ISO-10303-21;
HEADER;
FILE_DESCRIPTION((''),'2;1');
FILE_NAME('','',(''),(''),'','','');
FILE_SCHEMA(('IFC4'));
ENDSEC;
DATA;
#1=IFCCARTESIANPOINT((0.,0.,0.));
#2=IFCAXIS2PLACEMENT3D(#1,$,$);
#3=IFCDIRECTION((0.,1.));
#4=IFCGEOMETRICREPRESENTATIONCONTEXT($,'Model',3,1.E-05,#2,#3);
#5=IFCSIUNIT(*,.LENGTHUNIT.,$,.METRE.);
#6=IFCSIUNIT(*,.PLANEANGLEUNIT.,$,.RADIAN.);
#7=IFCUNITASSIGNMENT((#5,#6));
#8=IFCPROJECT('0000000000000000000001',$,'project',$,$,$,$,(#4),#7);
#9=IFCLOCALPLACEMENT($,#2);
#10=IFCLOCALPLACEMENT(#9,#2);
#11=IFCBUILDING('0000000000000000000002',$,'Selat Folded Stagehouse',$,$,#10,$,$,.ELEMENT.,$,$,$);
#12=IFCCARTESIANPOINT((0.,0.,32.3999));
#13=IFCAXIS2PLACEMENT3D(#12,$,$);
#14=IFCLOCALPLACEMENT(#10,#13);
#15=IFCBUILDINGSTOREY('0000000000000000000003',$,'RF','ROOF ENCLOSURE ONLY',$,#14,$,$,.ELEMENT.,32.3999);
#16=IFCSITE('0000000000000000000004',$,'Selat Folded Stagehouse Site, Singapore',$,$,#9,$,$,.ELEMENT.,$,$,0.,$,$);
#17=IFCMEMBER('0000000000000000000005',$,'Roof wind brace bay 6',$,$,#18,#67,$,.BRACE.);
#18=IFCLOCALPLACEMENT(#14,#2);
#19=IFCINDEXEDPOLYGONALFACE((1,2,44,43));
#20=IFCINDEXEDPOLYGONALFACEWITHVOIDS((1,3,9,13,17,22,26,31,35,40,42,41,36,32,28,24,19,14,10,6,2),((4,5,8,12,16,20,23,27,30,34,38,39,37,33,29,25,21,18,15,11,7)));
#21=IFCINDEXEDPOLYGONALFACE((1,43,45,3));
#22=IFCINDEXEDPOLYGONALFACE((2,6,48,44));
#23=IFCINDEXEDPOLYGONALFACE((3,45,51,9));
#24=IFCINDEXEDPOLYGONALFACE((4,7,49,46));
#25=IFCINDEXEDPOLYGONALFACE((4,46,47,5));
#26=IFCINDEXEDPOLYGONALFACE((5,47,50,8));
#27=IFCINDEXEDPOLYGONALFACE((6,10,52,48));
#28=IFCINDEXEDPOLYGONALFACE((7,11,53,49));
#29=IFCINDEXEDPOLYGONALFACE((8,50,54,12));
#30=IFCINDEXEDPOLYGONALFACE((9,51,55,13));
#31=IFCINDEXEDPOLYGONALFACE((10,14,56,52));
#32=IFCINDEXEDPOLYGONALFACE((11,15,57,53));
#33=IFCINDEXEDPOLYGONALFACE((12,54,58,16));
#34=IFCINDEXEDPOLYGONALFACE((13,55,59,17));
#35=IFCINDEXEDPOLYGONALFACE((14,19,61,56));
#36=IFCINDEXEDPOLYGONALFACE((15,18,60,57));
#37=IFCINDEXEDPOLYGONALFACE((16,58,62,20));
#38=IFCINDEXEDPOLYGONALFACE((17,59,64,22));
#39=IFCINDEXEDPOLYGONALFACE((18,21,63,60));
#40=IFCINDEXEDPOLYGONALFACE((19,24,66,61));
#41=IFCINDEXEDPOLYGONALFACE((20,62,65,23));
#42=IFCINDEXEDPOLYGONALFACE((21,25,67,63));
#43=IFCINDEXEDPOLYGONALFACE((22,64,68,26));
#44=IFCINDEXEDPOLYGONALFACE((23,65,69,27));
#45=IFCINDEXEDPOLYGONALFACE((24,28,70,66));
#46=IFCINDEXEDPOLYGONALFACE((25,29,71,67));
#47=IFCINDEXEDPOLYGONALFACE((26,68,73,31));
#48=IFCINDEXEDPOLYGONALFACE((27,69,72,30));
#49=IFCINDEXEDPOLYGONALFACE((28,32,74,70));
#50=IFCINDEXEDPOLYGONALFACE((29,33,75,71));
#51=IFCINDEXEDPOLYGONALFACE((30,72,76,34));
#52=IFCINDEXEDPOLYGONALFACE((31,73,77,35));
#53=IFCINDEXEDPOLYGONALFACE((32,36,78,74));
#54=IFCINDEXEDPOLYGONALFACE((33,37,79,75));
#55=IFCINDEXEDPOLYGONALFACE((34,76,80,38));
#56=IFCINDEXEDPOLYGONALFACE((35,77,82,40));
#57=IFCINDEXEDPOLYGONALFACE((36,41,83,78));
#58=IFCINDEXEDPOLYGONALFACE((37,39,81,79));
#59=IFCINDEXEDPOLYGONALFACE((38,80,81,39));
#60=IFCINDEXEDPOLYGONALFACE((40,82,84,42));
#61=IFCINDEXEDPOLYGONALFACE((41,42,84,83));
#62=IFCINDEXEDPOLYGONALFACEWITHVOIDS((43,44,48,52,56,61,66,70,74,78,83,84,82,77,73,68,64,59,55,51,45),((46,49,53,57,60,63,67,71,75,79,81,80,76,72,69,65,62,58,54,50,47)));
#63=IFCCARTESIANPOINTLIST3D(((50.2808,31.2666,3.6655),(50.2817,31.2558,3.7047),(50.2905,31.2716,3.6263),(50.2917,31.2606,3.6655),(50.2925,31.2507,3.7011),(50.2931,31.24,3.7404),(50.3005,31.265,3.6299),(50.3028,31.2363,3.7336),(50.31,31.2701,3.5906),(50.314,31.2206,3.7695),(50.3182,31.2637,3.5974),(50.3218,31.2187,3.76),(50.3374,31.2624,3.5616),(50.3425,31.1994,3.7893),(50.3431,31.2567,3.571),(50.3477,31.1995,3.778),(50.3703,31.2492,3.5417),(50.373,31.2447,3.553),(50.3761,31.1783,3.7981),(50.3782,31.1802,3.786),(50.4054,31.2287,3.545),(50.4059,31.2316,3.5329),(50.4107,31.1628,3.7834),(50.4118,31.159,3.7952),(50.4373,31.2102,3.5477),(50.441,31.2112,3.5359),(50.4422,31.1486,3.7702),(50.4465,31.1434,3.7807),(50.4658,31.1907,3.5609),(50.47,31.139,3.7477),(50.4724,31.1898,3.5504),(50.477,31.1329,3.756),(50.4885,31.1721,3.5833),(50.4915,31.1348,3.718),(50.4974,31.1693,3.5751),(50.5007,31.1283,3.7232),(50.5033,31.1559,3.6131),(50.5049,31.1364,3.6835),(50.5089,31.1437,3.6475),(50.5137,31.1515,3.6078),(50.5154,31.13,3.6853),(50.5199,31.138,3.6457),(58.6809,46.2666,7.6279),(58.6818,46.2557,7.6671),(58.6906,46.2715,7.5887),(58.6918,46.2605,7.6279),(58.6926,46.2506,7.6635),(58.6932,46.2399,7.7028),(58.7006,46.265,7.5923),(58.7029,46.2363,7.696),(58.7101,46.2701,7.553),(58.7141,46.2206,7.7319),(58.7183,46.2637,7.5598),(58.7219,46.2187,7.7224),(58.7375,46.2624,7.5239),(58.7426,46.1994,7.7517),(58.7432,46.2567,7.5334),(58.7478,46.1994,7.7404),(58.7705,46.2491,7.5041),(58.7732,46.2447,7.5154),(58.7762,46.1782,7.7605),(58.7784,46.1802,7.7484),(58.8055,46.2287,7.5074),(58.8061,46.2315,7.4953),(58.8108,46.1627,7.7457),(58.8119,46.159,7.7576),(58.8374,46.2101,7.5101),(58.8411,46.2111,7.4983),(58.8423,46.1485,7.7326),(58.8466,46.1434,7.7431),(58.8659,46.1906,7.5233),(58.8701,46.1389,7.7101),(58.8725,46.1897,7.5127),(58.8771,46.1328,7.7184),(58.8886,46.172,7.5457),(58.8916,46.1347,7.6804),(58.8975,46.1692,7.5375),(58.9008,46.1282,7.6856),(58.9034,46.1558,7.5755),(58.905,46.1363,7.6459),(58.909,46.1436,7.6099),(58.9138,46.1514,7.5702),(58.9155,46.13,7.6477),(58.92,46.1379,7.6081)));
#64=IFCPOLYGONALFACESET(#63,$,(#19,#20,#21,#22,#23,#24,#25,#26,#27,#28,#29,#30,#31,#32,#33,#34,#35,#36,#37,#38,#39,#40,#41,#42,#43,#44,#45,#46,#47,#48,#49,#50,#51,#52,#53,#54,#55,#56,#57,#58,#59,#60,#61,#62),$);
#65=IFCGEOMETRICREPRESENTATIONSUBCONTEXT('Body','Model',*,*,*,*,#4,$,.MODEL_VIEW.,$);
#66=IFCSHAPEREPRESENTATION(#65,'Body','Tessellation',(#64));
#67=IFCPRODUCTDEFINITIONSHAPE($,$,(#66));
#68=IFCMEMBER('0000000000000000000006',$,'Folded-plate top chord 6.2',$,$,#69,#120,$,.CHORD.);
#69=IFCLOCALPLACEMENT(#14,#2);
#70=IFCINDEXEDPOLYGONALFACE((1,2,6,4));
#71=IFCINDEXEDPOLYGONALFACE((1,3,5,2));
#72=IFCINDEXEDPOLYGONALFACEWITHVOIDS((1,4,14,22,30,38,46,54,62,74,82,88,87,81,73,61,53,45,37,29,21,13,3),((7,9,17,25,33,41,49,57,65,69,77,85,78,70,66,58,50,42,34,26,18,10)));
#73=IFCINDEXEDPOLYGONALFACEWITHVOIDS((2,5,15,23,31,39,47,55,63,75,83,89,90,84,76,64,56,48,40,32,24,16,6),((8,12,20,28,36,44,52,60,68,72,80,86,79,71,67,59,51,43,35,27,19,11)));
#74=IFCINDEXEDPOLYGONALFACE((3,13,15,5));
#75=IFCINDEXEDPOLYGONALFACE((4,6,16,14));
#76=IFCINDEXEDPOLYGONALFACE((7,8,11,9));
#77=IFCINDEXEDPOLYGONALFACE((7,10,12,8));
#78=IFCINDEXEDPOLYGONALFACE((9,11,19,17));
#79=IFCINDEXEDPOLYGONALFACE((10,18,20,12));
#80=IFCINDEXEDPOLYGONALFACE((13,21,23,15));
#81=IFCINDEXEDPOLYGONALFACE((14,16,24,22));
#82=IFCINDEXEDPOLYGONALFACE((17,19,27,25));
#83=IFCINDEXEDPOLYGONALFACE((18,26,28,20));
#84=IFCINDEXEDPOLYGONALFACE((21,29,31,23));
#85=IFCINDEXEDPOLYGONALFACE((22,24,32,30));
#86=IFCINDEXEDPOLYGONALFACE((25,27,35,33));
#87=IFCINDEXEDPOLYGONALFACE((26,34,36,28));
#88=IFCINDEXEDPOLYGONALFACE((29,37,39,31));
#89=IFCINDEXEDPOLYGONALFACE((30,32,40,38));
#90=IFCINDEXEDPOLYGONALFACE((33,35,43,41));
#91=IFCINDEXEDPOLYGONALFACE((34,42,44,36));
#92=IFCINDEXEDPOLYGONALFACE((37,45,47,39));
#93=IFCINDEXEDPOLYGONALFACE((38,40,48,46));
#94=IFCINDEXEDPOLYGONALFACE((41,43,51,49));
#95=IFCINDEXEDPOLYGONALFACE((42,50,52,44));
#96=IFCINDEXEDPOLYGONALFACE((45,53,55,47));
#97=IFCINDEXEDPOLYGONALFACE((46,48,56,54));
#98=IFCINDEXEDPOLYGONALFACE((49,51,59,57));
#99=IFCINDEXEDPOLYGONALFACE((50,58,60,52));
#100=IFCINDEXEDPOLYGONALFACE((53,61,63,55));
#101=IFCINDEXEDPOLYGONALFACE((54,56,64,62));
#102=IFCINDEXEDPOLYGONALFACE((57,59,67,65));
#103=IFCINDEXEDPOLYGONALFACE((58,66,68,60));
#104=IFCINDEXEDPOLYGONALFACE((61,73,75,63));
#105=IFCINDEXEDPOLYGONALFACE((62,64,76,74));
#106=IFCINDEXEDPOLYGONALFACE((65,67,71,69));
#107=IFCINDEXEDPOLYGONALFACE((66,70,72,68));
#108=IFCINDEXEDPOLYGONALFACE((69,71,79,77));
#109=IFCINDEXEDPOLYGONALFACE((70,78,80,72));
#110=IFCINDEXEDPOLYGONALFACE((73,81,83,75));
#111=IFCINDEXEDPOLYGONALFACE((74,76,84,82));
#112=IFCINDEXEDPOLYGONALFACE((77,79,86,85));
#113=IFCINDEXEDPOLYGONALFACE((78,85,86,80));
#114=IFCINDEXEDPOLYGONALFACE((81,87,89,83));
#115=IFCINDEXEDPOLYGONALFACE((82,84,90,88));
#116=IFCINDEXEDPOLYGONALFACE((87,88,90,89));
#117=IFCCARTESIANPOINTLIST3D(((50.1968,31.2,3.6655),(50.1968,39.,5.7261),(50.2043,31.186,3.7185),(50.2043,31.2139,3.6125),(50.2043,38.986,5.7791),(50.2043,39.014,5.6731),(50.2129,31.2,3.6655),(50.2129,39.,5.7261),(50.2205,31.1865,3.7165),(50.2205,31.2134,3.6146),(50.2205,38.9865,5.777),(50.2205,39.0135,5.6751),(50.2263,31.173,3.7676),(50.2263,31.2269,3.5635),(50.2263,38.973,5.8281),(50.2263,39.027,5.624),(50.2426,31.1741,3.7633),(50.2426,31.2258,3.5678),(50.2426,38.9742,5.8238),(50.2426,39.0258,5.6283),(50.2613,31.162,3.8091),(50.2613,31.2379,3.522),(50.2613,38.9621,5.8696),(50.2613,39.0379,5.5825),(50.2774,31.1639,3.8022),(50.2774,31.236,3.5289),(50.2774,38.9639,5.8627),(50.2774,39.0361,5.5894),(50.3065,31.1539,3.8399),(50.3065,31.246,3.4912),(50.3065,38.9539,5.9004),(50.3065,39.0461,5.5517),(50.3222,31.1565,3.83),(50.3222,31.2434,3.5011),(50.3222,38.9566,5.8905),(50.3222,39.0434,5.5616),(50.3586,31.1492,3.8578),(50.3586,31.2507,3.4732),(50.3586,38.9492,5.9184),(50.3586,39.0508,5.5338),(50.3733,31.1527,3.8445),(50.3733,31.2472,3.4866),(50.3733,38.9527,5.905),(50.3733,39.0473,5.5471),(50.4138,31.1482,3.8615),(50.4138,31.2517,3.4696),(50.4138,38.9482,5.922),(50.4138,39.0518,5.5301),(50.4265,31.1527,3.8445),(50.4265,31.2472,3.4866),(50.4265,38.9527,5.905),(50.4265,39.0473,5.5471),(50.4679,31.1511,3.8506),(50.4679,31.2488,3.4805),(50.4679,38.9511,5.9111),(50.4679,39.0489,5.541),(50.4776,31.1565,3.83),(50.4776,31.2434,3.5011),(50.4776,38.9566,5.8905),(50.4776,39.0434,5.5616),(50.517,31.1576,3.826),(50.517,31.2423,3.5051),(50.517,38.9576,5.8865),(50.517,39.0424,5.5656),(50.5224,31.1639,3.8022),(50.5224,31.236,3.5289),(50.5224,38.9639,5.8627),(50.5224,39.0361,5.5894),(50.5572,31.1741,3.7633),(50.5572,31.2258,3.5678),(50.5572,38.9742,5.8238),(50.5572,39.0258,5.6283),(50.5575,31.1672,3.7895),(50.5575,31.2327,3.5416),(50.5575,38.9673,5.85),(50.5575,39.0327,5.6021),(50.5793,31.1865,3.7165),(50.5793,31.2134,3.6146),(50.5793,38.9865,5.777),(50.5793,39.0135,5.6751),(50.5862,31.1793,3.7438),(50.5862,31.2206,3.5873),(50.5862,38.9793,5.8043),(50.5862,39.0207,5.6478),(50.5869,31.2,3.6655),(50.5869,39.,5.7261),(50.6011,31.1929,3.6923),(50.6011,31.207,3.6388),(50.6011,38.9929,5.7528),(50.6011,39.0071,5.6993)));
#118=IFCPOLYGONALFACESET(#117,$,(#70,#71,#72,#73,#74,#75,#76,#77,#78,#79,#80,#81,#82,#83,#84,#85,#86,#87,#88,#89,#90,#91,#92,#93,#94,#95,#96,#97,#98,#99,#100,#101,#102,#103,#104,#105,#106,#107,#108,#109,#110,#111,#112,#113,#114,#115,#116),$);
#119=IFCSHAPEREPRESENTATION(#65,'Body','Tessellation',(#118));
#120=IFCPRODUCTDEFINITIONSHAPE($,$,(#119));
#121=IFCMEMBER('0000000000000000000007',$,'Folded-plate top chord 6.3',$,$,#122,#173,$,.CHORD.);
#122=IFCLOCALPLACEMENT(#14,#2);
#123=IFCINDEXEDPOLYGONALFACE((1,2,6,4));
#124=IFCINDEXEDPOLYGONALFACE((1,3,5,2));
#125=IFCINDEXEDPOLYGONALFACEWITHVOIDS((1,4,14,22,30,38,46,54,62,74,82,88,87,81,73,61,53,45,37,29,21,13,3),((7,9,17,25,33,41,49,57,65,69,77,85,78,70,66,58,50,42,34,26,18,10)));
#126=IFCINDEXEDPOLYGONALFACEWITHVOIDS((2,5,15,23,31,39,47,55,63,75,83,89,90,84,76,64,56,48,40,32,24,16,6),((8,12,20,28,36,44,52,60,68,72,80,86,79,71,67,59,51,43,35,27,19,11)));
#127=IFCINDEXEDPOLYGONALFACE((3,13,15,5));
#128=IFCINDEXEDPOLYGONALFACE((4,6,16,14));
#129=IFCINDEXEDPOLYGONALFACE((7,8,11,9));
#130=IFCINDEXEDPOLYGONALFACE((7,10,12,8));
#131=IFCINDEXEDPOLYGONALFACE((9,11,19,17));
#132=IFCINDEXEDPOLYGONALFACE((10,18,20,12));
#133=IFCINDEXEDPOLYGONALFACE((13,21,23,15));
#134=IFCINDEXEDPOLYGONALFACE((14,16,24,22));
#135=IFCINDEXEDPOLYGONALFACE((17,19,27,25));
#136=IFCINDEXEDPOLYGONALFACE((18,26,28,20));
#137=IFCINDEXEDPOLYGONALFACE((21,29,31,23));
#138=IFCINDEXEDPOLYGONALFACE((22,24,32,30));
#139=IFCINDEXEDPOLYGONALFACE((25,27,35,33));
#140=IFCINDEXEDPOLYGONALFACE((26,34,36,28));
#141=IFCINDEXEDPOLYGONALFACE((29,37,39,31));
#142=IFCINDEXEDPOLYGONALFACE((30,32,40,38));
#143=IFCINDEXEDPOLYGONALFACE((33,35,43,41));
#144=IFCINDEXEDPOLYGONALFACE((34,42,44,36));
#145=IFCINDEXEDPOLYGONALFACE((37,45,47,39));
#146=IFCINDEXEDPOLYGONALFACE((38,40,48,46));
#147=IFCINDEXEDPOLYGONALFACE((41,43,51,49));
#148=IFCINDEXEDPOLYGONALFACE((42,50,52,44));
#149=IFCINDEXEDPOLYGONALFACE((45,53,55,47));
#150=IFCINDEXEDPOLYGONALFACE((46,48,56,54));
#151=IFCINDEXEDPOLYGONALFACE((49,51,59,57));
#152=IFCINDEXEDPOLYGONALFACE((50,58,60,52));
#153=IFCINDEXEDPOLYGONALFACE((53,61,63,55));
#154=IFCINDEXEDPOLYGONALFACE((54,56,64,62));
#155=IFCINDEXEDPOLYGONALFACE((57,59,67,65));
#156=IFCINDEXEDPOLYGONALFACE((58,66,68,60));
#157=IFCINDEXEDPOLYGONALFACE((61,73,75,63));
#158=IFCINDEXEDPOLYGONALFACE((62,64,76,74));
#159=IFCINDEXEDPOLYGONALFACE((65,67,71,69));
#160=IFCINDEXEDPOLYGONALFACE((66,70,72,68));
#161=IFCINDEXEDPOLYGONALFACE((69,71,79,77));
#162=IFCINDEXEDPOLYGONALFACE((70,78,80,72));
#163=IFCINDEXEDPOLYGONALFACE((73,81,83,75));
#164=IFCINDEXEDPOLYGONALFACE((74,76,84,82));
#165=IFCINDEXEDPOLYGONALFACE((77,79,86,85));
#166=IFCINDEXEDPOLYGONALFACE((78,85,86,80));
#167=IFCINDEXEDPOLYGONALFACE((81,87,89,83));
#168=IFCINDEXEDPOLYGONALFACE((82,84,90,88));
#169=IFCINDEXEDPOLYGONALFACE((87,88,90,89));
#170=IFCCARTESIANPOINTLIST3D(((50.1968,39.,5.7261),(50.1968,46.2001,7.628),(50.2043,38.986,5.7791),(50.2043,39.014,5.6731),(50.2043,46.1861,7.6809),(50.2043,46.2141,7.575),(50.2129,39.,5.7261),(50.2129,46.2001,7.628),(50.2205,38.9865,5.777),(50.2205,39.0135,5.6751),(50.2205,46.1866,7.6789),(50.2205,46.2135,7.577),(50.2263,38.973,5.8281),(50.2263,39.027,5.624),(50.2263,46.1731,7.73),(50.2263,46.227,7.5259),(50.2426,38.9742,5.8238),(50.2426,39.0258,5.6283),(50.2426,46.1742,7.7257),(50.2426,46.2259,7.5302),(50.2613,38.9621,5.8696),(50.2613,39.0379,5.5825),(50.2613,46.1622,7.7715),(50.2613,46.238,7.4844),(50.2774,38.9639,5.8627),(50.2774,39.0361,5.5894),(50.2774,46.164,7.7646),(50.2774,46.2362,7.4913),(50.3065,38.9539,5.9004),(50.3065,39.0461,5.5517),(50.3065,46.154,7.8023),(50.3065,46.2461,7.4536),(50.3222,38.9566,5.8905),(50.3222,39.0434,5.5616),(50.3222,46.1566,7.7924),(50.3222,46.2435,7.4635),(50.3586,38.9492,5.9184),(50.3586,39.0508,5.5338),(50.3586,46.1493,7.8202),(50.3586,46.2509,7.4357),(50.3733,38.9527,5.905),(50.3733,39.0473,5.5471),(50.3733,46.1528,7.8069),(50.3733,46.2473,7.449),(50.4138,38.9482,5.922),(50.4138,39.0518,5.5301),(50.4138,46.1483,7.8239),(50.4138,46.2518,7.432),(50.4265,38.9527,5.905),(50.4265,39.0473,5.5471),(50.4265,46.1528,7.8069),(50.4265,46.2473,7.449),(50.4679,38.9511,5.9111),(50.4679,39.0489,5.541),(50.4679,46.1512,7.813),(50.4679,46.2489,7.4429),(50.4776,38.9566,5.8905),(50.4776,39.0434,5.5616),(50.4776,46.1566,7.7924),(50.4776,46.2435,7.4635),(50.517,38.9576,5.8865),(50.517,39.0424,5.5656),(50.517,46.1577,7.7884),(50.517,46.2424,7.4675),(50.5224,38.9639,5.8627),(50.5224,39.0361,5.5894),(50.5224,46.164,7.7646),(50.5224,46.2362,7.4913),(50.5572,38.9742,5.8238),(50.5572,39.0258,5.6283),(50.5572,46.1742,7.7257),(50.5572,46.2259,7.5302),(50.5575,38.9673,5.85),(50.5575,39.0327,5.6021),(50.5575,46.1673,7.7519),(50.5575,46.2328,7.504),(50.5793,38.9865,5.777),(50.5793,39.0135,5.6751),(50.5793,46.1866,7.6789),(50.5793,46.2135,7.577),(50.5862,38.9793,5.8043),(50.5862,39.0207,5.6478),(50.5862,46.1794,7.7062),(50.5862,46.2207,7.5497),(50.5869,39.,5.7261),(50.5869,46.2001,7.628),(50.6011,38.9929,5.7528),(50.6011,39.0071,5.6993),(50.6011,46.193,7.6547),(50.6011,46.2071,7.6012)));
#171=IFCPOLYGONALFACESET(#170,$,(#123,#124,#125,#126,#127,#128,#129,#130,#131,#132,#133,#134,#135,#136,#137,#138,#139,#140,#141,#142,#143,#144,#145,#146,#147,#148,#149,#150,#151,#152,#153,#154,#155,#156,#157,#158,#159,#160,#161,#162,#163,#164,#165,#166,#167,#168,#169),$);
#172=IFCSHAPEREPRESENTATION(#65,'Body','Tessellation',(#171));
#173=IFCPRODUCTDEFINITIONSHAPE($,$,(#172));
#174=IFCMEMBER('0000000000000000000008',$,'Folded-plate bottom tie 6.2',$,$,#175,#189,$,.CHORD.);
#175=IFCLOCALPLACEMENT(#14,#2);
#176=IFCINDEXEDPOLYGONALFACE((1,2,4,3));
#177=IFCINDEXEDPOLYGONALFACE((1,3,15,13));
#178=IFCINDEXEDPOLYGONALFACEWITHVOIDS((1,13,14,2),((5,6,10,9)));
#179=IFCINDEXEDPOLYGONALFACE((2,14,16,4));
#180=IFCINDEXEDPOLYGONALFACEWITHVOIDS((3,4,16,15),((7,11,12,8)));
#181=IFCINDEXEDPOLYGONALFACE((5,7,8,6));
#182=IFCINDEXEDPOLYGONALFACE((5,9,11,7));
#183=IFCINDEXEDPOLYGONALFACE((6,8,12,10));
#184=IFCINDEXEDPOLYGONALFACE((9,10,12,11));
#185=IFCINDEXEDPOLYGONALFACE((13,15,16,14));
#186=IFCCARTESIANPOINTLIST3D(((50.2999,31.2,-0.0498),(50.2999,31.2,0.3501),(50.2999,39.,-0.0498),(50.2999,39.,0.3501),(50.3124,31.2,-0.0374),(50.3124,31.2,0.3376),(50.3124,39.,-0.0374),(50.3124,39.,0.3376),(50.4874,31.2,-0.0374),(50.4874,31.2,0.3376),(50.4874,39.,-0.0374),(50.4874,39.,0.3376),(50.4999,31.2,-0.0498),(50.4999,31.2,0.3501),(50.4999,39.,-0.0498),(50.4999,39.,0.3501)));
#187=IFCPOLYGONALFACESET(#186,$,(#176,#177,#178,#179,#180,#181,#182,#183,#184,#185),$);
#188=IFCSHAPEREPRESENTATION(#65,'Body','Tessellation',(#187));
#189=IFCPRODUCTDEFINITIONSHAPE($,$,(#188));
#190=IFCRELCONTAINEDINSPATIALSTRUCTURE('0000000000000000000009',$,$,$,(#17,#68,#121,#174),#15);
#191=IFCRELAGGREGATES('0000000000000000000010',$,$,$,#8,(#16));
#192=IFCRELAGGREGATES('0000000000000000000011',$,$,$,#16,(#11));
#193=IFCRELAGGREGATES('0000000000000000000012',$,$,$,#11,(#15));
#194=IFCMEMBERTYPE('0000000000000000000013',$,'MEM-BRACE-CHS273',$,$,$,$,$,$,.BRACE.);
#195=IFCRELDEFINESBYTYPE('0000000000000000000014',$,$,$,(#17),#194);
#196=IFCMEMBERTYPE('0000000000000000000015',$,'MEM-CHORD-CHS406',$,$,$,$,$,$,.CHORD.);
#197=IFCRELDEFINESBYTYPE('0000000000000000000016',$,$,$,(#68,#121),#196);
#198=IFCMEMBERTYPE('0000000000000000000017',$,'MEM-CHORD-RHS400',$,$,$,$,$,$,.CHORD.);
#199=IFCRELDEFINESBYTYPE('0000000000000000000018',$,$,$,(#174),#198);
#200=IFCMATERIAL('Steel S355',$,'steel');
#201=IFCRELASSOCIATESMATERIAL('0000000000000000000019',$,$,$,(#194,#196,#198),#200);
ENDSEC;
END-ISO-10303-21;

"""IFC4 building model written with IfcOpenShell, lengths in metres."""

from ifc_helpers import new_model, si_unit, direction, frame, origin, origin_2d, place, context, subcontext, project, spatial, hollow_rectangle, hollow_circle, extrude, material, material_profile, profile_set, type_object, element, save


model = new_model("IFC4")

# Units and contexts
model_context = context("Model", 3, precision=1e-05, world=origin(), true_north=direction((0.0, 1.0)))
body_context = subcontext(model_context, "Body", "Model", "MODEL_VIEW")
ifc_project = project(units=[si_unit("LENGTHUNIT", "METRE"), si_unit("PLANEANGLEUNIT", "RADIAN")], contexts=[model_context])

# Site, building, storey
site_placement = place(None, origin())
site = spatial("IfcSite", under=ifc_project, at=site_placement, Name="Selat Folded Stagehouse Site, Singapore", CompositionType="ELEMENT", RefElevation=0.0)
building_placement = place(site_placement, origin())
building = spatial("IfcBuilding", under=site, at=building_placement, Name="Selat Folded Stagehouse", CompositionType="ELEMENT")
storey_placement = place(building_placement, frame((0.0, 0.0, 32.3999)))
storey = spatial("IfcBuildingStorey", under=building, at=storey_placement, Name="RF", Description="ROOF ENCLOSURE ONLY", CompositionType="ELEMENT", Elevation=32.3999)

# Shared definitions
ifc_material_1 = material(Name="Steel S355", Category="steel")

# Members
ifc_material_profile_1 = material_profile(ifc_material_1, hollow_circle(Radius=0.1365, WallThickness=0.0125, at=origin_2d()), Name="CHS 273.0x12.5")
ifc_profile_set_1 = profile_set([ifc_material_profile_1], Name="Steel S355")
member_type_1 = type_object("IfcMemberType", Name="MEM-BRACE-CHS273", PredefinedType="BRACE", material=ifc_profile_set_1)
member_1_placement = place(storey_placement, frame((50.3999, 31.2, 3.6655), z_axis=(0.476127, 0.850212, 0.224592), x_axis=(-0.872502, 0.48861, 0.0)))
element("IfcMember", 1, at=member_1_placement, inside=storey, type_object=member_type_1, Name="Roof wind brace bay 6", PredefinedType="BRACE", context=body_context, shape_type="SweptSolid", body=[
    extrude(hollow_circle(Radius=0.1365, WallThickness=0.0125, at=origin_2d()), origin(), (0.0, 0.0, 1.0), 17.6426),
])
ifc_material_profile_2 = material_profile(ifc_material_1, hollow_circle(Radius=0.2031, WallThickness=0.0161, at=origin_2d()), Name="CHS 406.4x16.0")
ifc_profile_set_2 = profile_set([ifc_material_profile_2], Name="Steel S355")
member_type_2 = type_object("IfcMemberType", Name="MEM-CHORD-CHS406", PredefinedType="CHORD", material=ifc_profile_set_2)
member_2_placement = place(storey_placement, frame((50.3999, 31.2, 3.6655), z_axis=(0.0, 0.966833, 0.255409), x_axis=(-1.0, 0.0, 0.0)))
element("IfcMember", 2, at=member_2_placement, inside=storey, type_object=member_type_2, Name="Folded-plate top chord 6.2", PredefinedType="CHORD", context=body_context, shape_type="SweptSolid", body=[
    extrude(hollow_circle(Radius=0.2031, WallThickness=0.0161, at=origin_2d()), origin(), (0.0, 0.0, 1.0), 8.0676),
])
member_3_placement = place(storey_placement, frame((50.3999, 39.0, 5.7261), z_axis=(0.0, 0.966838, 0.255389), x_axis=(-1.0, 0.0, 0.0)))
element("IfcMember", 3, at=member_3_placement, inside=storey, type_object=member_type_2, Name="Folded-plate top chord 6.3", PredefinedType="CHORD", context=body_context, shape_type="SweptSolid", body=[
    extrude(hollow_circle(Radius=0.2031, WallThickness=0.0161, at=origin_2d()), origin(), (0.0, 0.0, 1.0), 7.447),
])
ifc_material_profile_3 = material_profile(ifc_material_1, hollow_rectangle(XDim=0.2, YDim=0.3999, WallThickness=0.0125, at=origin_2d()), Name="RHS 400x200x12.5")
ifc_profile_set_3 = profile_set([ifc_material_profile_3], Name="Steel S355")
member_type_3 = type_object("IfcMemberType", Name="MEM-CHORD-RHS400", PredefinedType="CHORD", material=ifc_profile_set_3)
member_4_placement = place(storey_placement, frame((50.3999, 31.2, 0.1501), z_axis=(0.0, 1.0, 0.0), x_axis=(-1.0, 0.0, 0.0)))
element("IfcMember", 4, at=member_4_placement, inside=storey, type_object=member_type_3, Name="Folded-plate bottom tie 6.2", PredefinedType="CHORD", context=body_context, shape_type="SweptSolid", body=[
    extrude(hollow_rectangle(XDim=0.2, YDim=0.3999, WallThickness=0.0125, at=origin_2d()), origin(), (0.0, 0.0, 1.0), 7.8),
])

save(model, "model.ifc")
